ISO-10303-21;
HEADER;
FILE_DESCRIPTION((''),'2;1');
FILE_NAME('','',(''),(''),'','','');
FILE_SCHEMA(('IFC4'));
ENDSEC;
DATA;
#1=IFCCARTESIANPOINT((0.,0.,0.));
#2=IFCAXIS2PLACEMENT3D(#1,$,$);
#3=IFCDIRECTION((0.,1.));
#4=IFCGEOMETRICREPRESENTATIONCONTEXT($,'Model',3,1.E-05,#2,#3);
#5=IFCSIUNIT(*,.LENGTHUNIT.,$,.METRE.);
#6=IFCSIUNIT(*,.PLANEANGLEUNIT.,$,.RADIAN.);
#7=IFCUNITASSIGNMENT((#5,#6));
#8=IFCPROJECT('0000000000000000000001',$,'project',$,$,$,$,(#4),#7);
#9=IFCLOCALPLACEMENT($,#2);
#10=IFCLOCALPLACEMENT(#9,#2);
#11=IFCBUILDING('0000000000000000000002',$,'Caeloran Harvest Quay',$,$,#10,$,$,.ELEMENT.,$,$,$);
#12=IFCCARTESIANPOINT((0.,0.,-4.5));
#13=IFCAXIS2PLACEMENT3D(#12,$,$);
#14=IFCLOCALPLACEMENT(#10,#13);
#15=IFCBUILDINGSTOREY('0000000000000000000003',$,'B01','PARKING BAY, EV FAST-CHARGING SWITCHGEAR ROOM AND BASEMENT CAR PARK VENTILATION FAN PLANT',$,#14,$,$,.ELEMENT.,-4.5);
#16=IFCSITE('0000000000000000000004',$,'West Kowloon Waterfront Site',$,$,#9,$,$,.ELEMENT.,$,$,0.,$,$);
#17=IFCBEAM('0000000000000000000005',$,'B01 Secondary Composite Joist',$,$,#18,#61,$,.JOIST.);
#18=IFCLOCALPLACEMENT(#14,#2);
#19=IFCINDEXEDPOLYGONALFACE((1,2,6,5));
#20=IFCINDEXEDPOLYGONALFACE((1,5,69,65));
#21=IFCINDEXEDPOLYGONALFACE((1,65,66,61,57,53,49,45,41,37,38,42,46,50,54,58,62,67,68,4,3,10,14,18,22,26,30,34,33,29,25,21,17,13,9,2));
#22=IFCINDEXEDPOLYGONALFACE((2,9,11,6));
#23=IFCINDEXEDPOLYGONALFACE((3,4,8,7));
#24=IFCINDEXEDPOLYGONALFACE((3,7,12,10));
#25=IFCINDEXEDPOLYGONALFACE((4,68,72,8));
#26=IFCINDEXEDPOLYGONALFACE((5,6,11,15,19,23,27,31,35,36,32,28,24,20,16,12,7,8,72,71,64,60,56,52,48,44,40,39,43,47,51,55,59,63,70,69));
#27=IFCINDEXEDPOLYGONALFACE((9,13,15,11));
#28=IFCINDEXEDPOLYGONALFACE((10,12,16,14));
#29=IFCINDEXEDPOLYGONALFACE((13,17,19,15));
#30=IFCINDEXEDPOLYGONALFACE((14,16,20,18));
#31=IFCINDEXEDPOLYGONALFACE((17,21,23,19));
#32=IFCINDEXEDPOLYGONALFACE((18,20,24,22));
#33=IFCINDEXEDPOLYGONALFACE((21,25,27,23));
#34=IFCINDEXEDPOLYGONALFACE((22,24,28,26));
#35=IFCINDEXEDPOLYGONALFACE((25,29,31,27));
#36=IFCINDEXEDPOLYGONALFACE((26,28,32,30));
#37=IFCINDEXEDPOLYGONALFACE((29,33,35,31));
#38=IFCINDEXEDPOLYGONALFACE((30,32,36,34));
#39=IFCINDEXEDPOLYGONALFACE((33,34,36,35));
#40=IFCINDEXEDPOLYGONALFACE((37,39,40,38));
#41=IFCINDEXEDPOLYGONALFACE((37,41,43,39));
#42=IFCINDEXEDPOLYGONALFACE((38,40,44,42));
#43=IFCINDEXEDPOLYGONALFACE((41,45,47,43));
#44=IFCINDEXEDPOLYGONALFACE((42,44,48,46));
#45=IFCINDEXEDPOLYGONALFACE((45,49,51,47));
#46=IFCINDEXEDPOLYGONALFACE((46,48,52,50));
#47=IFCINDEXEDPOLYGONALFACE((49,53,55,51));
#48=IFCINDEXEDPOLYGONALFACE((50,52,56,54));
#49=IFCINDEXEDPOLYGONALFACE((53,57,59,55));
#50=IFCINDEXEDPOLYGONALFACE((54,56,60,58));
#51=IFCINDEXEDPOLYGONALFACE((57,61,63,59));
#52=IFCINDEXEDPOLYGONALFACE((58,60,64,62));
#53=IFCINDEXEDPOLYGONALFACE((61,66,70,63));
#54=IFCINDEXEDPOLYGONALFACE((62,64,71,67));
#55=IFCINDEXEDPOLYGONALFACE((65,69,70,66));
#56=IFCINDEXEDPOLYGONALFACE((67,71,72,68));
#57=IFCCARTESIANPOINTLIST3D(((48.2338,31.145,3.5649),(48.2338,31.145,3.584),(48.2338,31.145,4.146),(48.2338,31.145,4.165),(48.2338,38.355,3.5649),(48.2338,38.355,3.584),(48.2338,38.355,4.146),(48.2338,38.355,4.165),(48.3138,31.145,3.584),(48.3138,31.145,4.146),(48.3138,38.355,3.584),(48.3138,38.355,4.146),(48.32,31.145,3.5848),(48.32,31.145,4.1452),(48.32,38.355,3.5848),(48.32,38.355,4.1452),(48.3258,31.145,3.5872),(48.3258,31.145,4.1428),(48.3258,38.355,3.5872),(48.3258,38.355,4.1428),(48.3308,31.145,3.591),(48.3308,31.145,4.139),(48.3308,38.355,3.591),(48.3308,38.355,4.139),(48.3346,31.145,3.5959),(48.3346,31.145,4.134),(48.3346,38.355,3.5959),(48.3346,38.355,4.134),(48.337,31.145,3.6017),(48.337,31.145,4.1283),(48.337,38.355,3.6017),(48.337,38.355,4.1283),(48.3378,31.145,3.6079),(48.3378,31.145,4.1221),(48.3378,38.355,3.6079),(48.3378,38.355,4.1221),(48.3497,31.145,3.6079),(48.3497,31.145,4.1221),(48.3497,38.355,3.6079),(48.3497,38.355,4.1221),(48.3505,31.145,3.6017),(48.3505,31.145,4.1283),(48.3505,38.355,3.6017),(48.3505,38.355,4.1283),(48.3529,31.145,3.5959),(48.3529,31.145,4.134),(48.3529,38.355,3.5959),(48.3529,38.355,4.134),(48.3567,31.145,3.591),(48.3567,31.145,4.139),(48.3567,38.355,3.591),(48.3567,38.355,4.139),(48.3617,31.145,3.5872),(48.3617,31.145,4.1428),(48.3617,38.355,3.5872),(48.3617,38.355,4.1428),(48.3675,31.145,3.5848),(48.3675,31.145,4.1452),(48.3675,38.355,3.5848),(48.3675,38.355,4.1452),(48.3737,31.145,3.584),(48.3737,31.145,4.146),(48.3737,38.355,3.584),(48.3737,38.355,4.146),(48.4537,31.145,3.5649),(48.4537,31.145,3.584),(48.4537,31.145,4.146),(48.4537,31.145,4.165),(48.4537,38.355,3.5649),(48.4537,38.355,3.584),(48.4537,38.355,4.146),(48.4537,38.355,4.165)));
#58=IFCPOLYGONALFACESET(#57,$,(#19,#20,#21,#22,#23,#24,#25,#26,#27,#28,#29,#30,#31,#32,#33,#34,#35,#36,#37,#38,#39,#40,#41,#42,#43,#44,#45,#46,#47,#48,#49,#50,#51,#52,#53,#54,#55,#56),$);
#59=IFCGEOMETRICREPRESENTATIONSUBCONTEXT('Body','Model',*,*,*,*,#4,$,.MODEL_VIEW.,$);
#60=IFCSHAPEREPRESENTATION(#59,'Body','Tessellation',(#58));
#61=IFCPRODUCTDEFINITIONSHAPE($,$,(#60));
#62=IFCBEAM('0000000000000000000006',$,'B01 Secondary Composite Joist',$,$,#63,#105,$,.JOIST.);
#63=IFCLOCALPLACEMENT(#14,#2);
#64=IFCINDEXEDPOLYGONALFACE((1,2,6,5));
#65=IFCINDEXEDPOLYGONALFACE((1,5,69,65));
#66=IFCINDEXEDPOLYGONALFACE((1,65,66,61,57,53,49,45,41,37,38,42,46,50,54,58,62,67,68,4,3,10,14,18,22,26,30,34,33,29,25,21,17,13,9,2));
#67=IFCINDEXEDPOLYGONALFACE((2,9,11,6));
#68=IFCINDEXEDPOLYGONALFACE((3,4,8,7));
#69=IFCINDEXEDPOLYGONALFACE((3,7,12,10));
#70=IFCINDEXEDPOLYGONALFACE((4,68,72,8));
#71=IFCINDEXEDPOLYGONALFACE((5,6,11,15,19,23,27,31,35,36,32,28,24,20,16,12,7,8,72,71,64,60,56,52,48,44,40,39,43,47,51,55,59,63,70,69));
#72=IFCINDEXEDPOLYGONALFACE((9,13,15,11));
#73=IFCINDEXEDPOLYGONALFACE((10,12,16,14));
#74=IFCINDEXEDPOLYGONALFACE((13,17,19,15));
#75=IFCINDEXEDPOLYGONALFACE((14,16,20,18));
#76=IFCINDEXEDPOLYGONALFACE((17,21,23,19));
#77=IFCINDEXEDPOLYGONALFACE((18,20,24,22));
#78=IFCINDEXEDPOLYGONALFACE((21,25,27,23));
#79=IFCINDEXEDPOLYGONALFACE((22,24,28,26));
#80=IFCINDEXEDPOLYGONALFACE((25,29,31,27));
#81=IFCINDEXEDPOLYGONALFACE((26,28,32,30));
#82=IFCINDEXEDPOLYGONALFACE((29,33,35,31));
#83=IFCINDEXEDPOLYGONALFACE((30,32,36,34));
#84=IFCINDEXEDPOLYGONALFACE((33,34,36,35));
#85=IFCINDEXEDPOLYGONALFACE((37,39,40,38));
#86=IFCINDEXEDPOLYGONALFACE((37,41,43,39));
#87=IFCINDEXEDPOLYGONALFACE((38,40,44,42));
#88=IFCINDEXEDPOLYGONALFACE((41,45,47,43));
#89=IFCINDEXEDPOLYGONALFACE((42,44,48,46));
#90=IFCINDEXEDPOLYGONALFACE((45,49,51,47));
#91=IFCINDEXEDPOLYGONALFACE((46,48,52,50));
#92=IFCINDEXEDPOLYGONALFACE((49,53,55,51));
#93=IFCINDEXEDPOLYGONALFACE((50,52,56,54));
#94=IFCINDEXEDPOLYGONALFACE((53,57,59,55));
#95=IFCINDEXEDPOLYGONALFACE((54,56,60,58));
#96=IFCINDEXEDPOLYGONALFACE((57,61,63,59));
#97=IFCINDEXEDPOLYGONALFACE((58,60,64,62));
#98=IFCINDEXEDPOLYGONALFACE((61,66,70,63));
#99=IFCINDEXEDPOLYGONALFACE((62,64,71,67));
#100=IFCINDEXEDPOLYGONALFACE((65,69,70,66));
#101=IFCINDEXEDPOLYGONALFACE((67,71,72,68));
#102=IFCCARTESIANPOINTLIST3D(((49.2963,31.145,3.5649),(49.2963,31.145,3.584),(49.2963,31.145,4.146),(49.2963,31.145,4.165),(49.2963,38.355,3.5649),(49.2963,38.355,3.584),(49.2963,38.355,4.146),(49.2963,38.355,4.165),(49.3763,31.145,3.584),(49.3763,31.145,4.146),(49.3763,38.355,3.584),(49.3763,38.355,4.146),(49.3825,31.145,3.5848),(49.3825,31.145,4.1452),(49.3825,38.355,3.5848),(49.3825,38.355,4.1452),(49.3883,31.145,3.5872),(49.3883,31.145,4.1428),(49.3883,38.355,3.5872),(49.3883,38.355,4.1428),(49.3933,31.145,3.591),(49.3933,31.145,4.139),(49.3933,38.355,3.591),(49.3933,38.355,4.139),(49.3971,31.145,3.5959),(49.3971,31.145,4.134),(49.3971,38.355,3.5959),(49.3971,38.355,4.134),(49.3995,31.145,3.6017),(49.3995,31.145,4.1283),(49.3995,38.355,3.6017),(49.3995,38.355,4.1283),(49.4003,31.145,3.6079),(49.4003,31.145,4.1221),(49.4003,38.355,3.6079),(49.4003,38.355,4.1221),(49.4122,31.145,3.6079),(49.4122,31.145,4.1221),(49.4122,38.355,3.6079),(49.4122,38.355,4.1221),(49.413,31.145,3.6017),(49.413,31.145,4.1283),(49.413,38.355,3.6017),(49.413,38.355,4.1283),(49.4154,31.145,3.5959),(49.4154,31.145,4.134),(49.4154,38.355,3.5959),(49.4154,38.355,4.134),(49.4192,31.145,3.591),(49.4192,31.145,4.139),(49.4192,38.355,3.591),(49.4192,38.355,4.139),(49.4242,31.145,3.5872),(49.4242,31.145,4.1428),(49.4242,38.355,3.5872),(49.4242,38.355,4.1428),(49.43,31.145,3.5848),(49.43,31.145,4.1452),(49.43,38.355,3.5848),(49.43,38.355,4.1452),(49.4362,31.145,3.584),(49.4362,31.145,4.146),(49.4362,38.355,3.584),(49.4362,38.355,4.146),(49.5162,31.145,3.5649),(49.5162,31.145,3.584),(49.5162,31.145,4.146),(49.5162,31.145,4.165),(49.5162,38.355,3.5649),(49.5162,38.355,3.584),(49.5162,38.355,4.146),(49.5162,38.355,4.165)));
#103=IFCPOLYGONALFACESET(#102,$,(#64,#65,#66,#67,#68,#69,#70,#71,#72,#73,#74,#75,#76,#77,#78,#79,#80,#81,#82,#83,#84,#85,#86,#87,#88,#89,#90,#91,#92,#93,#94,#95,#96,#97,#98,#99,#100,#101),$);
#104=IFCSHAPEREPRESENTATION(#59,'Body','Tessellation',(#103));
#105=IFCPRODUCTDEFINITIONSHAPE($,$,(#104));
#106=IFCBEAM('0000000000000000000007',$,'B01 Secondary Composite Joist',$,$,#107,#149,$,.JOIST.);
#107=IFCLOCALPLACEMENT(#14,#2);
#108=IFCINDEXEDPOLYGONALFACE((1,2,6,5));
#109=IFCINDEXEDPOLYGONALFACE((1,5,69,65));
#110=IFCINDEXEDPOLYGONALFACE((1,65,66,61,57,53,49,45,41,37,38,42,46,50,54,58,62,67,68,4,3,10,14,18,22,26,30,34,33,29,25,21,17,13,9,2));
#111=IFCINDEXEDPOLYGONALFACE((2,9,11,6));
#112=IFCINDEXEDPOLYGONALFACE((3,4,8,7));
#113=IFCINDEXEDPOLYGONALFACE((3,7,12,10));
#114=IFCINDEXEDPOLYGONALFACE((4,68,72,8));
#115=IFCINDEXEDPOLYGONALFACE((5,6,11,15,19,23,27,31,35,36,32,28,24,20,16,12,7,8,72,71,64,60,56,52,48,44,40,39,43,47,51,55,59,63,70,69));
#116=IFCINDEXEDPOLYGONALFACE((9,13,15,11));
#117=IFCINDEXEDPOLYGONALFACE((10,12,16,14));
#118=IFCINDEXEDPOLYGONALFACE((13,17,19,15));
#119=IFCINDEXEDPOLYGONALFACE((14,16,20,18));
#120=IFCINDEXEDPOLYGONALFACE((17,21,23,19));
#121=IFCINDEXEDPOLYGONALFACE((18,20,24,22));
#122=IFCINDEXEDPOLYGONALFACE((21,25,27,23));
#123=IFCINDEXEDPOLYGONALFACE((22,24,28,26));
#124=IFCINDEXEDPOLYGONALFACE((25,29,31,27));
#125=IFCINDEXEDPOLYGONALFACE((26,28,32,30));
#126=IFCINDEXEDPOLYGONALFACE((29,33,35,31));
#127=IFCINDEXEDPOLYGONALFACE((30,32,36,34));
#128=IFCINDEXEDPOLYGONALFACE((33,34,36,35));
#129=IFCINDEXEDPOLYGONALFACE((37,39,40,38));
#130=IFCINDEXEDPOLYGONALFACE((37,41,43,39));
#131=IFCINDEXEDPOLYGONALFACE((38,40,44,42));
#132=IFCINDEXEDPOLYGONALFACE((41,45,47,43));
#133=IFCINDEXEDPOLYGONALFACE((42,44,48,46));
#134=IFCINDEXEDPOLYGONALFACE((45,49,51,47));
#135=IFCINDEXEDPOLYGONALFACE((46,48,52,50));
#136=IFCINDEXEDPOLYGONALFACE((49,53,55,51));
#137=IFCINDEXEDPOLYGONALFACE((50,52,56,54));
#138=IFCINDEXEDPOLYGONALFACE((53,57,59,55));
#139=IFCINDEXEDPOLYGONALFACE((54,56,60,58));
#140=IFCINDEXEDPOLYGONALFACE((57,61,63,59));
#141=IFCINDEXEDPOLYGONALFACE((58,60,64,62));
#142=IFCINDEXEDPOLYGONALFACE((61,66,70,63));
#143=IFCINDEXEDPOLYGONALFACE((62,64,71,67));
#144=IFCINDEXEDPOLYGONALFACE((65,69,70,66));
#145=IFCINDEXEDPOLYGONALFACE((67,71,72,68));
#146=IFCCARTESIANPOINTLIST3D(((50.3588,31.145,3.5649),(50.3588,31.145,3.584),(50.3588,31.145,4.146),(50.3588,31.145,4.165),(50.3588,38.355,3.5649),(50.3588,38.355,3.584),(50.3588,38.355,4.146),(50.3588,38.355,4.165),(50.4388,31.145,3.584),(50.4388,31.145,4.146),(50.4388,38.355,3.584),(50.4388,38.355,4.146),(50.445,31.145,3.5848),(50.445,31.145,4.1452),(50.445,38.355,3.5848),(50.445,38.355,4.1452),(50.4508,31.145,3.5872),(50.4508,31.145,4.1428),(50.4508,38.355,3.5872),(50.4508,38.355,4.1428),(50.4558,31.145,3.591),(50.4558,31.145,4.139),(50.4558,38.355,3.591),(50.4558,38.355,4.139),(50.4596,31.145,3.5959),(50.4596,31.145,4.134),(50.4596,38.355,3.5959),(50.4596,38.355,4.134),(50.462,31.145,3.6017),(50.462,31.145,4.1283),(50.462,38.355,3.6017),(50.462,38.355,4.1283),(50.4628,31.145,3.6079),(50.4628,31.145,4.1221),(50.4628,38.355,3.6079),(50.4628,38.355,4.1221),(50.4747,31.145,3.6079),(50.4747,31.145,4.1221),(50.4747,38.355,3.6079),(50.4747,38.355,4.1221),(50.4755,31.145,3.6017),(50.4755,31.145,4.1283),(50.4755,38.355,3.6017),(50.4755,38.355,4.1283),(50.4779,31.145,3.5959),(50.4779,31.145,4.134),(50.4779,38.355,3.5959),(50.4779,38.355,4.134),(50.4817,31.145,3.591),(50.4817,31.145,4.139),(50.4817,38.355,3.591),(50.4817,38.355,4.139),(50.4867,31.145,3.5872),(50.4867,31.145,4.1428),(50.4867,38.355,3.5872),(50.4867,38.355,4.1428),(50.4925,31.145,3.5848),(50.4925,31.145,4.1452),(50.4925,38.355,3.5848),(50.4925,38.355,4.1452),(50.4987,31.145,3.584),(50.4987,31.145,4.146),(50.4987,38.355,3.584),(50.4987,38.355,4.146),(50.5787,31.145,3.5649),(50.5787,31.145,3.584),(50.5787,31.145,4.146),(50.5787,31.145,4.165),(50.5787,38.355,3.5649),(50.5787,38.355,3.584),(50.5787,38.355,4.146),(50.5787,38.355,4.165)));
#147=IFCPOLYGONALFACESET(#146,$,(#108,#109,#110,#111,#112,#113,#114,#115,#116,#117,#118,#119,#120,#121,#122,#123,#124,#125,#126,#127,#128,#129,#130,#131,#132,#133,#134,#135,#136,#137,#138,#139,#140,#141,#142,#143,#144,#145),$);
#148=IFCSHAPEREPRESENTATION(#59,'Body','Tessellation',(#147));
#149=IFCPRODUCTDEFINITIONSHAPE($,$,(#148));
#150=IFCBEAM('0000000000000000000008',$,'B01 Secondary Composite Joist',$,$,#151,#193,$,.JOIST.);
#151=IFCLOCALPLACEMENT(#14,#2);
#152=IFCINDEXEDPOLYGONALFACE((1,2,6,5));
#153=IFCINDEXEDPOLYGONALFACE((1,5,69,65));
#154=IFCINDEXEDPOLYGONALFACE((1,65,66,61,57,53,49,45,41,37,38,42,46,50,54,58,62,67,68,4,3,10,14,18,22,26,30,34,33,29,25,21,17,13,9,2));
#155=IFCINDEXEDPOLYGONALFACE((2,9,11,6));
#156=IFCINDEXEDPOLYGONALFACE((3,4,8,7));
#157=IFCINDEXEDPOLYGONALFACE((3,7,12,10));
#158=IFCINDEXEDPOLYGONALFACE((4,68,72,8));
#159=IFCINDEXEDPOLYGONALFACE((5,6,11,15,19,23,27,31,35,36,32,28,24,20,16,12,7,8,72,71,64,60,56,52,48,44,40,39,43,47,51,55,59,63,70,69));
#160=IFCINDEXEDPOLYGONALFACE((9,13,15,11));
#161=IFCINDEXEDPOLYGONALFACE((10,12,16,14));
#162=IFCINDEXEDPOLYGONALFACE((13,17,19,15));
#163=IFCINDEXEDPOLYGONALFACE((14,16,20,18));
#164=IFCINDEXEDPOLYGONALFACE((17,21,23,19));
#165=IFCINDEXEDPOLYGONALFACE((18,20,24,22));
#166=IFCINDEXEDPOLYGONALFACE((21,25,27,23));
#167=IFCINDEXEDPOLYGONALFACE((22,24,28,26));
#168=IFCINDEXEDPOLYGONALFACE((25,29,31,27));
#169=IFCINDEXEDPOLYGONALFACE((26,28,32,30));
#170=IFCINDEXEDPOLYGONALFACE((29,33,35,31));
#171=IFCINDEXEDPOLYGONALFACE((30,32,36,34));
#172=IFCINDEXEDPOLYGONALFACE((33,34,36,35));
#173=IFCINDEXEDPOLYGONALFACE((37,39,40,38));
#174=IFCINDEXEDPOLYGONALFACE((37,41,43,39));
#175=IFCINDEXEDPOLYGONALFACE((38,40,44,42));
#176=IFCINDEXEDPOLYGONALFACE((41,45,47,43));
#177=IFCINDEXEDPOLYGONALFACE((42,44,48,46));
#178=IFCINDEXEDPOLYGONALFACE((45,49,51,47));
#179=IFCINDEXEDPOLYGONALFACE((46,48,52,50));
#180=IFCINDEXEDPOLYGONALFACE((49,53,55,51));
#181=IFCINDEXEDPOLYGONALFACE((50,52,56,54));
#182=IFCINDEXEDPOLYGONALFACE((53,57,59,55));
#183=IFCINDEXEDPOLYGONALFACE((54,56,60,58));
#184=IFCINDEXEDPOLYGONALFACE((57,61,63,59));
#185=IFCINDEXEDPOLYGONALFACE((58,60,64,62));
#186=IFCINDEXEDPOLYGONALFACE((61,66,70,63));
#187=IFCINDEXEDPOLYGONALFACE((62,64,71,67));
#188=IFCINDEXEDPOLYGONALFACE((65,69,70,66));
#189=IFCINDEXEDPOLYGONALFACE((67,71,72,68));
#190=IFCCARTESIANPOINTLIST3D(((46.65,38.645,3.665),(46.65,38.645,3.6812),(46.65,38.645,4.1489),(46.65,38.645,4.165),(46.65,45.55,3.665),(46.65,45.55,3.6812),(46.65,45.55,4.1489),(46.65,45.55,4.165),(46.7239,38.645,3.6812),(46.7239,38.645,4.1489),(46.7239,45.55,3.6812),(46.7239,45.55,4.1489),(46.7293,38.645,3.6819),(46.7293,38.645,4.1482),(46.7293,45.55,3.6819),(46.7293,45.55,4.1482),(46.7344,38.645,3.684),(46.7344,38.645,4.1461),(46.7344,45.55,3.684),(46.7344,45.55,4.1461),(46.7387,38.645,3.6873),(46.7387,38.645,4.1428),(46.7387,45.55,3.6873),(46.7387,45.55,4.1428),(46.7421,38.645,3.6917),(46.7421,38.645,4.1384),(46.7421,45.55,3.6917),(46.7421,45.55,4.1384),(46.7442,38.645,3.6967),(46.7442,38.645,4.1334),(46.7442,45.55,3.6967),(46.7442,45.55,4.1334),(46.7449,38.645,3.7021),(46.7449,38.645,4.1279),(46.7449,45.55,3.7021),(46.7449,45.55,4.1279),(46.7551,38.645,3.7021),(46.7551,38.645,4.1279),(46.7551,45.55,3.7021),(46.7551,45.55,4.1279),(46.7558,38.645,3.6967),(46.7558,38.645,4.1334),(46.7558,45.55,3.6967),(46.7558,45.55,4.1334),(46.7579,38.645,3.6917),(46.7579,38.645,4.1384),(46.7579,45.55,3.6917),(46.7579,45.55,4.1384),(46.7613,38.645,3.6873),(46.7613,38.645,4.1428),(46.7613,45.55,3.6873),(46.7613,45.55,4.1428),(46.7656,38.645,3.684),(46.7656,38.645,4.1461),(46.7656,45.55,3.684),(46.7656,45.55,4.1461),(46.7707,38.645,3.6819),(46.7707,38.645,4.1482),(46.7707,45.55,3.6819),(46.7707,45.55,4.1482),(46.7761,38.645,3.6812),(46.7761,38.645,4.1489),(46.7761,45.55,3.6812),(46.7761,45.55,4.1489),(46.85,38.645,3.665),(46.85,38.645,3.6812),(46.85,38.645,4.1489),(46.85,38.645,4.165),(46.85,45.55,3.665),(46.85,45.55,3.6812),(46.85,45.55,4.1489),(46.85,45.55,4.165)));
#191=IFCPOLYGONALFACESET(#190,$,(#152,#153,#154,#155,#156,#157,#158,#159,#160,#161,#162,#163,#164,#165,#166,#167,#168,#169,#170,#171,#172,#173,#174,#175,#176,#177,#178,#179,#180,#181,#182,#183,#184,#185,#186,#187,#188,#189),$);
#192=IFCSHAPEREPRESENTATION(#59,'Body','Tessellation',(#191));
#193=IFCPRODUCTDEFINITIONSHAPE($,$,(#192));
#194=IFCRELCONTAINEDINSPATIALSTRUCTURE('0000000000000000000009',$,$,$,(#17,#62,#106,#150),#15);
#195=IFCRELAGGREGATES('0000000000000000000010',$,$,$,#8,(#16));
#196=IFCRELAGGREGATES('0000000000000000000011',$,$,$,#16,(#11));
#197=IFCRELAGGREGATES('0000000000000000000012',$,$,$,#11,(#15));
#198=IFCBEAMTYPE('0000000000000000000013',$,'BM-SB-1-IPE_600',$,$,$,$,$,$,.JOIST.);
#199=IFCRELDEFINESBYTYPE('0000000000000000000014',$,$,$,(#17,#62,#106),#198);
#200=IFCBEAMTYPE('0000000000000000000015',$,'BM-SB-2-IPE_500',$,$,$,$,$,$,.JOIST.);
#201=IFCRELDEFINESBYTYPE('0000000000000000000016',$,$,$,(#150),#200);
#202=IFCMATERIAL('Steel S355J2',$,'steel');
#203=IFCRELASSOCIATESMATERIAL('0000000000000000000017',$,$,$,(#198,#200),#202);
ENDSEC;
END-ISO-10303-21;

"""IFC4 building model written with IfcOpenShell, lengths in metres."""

from ifc_helpers import new_model, si_unit, direction, frame, origin, origin_2d, place, context, subcontext, project, spatial, i_section, extrude, material, material_profile, profile_set, type_object, element, save


model = new_model("IFC4")

# Units and contexts
model_context = context("Model", 3, precision=1e-05, world=origin(), true_north=direction((0.0, 1.0)))
body_context = subcontext(model_context, "Body", "Model", "MODEL_VIEW")
ifc_project = project(units=[si_unit("LENGTHUNIT", "METRE"), si_unit("PLANEANGLEUNIT", "RADIAN")], contexts=[model_context])

# Site, building, storey
site_placement = place(None, origin())
site = spatial("IfcSite", under=ifc_project, at=site_placement, Name="West Kowloon Waterfront Site", CompositionType="ELEMENT", RefElevation=0.0)
building_placement = place(site_placement, origin())
building = spatial("IfcBuilding", under=site, at=building_placement, Name="Caeloran Harvest Quay", CompositionType="ELEMENT")
storey_placement = place(building_placement, frame((0.0, 0.0, -4.5)))
storey = spatial("IfcBuildingStorey", under=building, at=storey_placement, Name="B01", Description="PARKING BAY, EV FAST-CHARGING SWITCHGEAR ROOM AND BASEMENT CAR PARK VENTILATION FAN PLANT", CompositionType="ELEMENT", Elevation=-4.5)

# Beams
ifc_material_1 = material(Name="Steel S355J2", Category="steel")
ifc_material_profile_1 = material_profile(ifc_material_1, i_section(OverallWidth=0.22, OverallDepth=0.6001, WebThickness=0.012, FlangeThickness=0.019, FilletRadius=0.0239, at=origin_2d()), Name="IPE 600")
ifc_profile_set_1 = profile_set([ifc_material_profile_1], Name="Steel S355J2")
beam_type_1 = type_object("IfcBeamType", Name="BM-SB-1-IPE_600", PredefinedType="JOIST", material=ifc_profile_set_1)
for number, where, z_axis, x_axis, name in (
    (1, (48.3438, 31.145, 3.865), (0.0, 1.0, 0.0), (-1.0, 0.0, 0.0), "B01 Secondary Composite Joist"),
    (2, (49.4062, 31.145, 3.865), (0.0, 1.0, 0.0), (-1.0, 0.0, 0.0), "B01 Secondary Composite Joist"),
    (3, (50.4688, 31.145, 3.865), (0.0, 1.0, 0.0), (-1.0, 0.0, 0.0), "B01 Secondary Composite Joist"),
):
    element("IfcBeam", number, at=place(storey_placement, frame(where, z_axis=z_axis, x_axis=x_axis)), inside=storey, type_object=beam_type_1, Name=name, PredefinedType="JOIST", context=body_context, shape_type="SweptSolid", body=[
        extrude(i_section(OverallWidth=0.22, OverallDepth=0.6001, WebThickness=0.012, FlangeThickness=0.019, FilletRadius=0.0239, at=origin_2d()), origin(), (0.0, 0.0, 1.0), 7.21),
    ])
ifc_material_profile_2 = material_profile(ifc_material_1, i_section(OverallWidth=0.2, OverallDepth=0.5, WebThickness=0.0103, FlangeThickness=0.0161, FilletRadius=0.021, at=origin_2d()), Name="IPE 500")
ifc_profile_set_2 = profile_set([ifc_material_profile_2], Name="Steel S355J2")
beam_type_2 = type_object("IfcBeamType", Name="BM-SB-2-IPE_500", PredefinedType="JOIST", material=ifc_profile_set_2)
for number, where, z_axis, x_axis, name in (
    (4, (46.75, 38.645, 3.915), (0.0, 1.0, 0.0), (-1.0, 0.0, 0.0), "B01 Secondary Composite Joist"),
):
    element("IfcBeam", number, at=place(storey_placement, frame(where, z_axis=z_axis, x_axis=x_axis)), inside=storey, type_object=beam_type_2, Name=name, PredefinedType="JOIST", context=body_context, shape_type="SweptSolid", body=[
        extrude(i_section(OverallWidth=0.2, OverallDepth=0.5, WebThickness=0.0103, FlangeThickness=0.0161, FilletRadius=0.021, at=origin_2d()), origin(), (0.0, 0.0, 1.0), 6.905),
    ])

save(model, "model.ifc")
